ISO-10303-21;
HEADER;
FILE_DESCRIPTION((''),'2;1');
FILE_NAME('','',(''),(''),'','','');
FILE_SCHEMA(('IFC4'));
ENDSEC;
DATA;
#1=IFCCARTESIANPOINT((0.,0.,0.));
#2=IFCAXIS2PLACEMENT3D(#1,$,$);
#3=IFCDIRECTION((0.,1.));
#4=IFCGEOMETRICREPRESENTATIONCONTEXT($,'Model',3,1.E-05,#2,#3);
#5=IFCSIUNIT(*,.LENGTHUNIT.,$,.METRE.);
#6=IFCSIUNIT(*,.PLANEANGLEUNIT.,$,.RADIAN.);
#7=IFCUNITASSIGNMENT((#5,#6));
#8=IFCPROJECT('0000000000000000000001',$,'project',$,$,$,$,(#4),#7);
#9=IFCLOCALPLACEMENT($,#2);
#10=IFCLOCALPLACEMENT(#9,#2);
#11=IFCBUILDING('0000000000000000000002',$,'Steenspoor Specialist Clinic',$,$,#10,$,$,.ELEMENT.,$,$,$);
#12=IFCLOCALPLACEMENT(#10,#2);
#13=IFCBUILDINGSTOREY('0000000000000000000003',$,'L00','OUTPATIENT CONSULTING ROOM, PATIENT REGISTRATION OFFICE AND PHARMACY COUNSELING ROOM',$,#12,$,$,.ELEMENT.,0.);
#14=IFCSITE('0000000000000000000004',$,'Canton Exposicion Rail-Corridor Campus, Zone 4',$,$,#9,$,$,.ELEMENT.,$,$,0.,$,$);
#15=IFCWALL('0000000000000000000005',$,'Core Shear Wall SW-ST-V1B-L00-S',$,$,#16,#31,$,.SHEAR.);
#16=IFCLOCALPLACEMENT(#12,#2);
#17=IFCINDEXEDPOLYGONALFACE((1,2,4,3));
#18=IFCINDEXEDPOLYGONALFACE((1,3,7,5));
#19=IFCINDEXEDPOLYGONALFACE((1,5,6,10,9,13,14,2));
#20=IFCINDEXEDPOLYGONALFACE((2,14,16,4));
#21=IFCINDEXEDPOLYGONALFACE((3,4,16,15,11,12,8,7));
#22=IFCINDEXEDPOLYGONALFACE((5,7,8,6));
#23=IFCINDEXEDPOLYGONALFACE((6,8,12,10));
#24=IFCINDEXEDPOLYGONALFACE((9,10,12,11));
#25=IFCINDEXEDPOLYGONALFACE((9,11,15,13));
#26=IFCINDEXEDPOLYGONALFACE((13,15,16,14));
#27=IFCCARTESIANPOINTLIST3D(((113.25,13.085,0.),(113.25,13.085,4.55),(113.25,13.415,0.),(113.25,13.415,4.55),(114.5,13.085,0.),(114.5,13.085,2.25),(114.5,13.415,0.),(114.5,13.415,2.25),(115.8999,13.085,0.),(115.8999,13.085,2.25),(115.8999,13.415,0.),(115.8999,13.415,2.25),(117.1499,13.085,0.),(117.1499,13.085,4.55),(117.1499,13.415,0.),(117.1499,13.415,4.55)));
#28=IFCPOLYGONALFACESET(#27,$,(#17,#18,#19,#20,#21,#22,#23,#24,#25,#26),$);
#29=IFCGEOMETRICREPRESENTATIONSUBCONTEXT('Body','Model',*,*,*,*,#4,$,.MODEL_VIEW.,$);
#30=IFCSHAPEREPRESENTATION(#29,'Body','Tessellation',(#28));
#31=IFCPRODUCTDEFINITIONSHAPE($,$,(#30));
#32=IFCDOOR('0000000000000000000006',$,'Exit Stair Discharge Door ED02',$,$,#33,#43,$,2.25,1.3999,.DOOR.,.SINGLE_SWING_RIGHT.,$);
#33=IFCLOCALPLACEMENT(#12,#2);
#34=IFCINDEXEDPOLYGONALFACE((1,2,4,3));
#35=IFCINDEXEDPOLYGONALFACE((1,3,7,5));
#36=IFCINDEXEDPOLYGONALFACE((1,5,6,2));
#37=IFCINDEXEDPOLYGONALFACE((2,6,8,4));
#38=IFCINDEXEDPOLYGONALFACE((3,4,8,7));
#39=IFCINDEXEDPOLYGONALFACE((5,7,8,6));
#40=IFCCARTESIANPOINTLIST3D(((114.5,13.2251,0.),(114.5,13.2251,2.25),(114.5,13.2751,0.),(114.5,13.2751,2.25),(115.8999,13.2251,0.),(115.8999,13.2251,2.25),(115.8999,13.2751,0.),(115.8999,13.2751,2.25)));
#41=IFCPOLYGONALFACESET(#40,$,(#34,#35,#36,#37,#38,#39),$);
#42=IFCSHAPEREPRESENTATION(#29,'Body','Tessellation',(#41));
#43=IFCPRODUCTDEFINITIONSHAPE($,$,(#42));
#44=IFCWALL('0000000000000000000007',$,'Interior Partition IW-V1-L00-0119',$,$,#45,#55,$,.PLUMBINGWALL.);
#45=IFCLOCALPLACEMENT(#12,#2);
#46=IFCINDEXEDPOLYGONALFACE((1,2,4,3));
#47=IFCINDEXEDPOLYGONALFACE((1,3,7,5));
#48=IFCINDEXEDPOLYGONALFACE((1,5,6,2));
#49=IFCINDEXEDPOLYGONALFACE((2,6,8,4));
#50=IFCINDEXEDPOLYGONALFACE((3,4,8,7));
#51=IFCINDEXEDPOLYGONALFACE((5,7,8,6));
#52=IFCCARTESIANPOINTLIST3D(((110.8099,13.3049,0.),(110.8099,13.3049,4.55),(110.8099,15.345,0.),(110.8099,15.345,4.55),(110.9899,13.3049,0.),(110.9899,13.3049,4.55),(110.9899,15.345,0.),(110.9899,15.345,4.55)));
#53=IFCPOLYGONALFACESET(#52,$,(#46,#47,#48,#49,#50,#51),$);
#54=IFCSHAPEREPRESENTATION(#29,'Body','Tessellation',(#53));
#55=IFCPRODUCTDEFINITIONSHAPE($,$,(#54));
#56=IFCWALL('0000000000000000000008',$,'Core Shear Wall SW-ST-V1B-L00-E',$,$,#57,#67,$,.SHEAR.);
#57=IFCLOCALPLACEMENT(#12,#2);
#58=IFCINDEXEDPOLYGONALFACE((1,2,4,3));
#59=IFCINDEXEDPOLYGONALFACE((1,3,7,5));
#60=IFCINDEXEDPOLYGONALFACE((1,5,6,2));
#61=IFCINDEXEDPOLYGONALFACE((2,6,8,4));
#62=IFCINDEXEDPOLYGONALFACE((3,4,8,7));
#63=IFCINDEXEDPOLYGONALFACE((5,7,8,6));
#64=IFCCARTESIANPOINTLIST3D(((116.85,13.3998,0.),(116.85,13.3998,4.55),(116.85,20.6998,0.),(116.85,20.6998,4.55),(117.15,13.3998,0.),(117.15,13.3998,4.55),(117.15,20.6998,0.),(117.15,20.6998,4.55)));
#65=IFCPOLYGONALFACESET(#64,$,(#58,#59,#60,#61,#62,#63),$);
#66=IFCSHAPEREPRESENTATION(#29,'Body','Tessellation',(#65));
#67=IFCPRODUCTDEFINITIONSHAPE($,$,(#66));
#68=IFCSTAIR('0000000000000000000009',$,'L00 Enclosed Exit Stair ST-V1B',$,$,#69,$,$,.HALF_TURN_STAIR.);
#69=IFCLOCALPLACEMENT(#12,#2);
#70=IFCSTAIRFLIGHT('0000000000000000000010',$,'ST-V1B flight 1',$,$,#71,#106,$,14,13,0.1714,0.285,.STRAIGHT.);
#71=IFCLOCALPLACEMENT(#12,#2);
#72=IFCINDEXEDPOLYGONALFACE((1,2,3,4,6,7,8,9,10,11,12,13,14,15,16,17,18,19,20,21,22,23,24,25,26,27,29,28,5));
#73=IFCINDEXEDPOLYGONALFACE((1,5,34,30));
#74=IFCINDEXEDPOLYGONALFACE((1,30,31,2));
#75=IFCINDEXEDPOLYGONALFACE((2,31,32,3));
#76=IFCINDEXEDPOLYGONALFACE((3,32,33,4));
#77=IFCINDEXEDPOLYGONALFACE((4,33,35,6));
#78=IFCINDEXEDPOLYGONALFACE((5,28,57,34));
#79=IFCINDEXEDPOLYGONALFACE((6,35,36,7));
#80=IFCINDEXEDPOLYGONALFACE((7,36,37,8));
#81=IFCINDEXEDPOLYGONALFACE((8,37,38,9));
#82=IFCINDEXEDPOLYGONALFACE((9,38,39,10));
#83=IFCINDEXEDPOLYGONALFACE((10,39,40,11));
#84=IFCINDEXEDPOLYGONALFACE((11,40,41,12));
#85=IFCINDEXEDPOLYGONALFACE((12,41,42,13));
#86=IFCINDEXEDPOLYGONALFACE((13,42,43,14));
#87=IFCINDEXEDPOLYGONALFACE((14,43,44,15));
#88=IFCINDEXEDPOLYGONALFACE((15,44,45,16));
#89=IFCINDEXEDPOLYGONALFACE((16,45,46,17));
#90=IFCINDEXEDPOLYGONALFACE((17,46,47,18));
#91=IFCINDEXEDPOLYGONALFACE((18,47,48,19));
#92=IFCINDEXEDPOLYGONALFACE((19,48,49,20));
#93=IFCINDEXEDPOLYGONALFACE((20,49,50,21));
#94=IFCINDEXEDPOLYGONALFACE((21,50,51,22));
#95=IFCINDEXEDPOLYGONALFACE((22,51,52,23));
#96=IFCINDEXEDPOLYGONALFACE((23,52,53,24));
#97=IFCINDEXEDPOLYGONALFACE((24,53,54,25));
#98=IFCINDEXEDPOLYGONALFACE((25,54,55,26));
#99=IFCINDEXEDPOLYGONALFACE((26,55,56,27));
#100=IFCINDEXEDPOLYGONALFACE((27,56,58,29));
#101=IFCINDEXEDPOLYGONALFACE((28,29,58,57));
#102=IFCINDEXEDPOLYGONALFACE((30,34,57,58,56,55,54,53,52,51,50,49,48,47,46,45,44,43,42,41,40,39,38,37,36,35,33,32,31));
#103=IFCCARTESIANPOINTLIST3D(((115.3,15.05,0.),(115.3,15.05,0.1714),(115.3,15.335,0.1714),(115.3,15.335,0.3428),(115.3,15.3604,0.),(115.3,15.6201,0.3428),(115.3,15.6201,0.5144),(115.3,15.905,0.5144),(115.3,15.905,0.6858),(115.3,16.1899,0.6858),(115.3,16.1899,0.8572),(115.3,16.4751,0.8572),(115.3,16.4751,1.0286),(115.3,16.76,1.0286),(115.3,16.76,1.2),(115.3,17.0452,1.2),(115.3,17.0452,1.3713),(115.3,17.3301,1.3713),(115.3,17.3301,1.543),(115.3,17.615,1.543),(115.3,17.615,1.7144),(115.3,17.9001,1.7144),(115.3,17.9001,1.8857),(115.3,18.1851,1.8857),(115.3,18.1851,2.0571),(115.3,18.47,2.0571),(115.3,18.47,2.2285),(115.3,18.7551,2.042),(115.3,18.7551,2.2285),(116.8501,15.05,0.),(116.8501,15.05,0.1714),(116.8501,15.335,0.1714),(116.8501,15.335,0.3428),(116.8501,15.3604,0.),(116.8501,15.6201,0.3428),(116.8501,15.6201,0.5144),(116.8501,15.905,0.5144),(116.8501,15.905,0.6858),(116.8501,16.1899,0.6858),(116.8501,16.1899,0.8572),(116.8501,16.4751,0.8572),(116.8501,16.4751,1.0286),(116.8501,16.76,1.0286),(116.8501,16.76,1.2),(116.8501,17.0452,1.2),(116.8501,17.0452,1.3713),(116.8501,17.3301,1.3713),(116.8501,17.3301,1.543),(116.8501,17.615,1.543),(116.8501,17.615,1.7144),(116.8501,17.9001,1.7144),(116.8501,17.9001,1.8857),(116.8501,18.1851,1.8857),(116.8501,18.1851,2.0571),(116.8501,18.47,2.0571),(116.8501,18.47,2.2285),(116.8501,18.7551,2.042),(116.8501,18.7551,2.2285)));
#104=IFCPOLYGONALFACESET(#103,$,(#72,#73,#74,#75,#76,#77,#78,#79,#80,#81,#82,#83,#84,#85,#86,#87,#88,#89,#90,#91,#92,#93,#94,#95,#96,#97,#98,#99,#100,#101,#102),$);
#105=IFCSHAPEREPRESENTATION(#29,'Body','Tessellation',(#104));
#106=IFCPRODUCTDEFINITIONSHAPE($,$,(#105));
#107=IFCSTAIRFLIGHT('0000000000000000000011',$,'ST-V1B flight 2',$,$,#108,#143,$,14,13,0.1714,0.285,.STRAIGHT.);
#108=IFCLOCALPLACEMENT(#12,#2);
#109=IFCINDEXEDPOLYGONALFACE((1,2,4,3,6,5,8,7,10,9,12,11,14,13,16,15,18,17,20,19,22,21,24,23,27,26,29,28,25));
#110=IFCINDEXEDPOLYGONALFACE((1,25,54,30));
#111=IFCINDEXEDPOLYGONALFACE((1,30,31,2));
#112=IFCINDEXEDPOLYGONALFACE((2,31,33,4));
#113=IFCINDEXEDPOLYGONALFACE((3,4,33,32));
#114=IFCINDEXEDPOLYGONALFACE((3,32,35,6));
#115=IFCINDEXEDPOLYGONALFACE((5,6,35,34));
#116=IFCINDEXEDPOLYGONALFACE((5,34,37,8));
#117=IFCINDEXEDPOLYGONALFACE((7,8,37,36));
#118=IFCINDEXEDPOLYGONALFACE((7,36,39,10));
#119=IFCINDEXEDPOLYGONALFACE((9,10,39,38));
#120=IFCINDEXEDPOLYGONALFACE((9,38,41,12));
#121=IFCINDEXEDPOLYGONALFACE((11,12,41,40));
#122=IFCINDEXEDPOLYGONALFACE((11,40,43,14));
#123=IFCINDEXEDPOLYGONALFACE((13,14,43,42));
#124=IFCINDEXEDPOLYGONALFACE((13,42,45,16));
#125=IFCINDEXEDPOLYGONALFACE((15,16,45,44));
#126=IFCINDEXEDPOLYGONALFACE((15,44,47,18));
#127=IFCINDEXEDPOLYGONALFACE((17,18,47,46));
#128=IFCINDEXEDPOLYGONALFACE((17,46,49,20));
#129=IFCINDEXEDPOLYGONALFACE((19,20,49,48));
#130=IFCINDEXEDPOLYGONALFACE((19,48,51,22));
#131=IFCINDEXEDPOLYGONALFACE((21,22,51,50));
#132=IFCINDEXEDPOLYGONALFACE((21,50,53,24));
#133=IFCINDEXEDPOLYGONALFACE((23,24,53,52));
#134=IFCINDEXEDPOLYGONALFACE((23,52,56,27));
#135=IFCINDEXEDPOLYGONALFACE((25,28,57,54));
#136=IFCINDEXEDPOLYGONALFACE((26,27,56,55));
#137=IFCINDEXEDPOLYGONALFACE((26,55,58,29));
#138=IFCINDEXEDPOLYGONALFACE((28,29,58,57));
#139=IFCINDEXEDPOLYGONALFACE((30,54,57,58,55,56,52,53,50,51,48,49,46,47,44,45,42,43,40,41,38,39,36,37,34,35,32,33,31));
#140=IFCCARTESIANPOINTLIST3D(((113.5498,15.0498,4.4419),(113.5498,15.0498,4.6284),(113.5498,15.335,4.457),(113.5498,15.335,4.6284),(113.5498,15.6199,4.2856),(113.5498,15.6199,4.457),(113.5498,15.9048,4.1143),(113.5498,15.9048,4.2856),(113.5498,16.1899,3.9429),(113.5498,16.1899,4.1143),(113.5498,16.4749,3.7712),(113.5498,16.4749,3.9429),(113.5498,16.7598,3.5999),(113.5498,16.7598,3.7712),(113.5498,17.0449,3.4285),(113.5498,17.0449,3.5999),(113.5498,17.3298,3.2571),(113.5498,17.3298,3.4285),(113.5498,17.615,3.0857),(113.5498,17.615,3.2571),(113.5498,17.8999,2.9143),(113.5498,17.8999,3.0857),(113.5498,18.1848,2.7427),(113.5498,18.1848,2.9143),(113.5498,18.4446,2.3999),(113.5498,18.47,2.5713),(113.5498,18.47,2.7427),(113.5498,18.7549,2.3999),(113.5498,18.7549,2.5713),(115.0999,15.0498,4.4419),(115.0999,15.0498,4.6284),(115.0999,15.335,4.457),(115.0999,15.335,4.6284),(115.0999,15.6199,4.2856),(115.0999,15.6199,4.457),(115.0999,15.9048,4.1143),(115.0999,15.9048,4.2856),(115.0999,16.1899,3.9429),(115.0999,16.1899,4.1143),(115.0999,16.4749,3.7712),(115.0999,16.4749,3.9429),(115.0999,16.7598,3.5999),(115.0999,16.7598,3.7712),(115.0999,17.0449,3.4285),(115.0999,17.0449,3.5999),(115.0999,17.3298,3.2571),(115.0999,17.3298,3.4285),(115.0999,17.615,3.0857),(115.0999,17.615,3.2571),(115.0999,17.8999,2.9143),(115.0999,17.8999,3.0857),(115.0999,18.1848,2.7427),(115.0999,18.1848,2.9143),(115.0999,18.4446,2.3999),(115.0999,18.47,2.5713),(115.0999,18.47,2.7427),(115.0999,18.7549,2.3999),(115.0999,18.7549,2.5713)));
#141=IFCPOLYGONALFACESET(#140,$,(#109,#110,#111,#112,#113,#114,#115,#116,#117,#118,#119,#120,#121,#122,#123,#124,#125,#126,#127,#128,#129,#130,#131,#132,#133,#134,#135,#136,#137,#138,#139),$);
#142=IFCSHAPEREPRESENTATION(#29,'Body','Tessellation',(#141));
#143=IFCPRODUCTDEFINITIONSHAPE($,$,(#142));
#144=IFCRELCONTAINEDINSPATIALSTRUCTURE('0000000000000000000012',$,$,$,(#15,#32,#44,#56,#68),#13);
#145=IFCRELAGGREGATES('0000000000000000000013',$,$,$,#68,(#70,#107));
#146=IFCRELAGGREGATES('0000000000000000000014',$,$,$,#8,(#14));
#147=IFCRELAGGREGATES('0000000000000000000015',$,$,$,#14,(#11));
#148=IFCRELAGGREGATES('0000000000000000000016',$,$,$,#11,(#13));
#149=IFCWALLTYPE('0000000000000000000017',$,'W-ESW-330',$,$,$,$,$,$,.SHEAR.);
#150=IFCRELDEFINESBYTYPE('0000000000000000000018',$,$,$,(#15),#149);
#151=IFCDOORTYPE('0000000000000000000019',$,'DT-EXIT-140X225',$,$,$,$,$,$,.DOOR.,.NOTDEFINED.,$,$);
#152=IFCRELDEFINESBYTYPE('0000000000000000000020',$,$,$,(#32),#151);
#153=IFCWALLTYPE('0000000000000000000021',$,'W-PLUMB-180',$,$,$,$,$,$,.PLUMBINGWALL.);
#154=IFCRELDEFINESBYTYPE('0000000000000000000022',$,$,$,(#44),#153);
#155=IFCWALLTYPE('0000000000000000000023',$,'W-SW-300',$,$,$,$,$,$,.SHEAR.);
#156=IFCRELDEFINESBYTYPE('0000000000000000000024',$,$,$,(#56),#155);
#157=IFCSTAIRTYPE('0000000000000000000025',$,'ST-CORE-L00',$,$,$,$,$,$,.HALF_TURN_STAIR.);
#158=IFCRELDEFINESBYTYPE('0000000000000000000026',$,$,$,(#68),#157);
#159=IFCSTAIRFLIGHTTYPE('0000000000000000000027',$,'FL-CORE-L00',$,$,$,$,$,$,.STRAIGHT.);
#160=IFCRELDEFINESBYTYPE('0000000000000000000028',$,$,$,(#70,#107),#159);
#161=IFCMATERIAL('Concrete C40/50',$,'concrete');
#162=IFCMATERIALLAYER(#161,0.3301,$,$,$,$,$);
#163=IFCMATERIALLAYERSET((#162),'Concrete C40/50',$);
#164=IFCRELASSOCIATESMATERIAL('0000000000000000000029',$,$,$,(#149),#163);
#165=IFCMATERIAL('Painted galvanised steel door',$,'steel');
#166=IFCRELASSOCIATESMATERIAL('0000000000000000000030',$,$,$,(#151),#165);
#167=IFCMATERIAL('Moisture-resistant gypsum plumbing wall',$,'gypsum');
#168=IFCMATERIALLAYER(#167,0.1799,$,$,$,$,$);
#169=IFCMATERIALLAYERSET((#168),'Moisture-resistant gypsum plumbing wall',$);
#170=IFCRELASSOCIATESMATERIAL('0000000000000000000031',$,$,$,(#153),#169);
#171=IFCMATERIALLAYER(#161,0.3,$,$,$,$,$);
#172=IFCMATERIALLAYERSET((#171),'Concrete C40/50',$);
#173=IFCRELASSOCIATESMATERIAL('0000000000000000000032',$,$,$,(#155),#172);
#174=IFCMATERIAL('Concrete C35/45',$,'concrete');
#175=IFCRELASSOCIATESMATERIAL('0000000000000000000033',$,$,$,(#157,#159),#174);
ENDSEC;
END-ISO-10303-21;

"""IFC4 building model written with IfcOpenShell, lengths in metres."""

from ifc_helpers import new_model, si_unit, direction, frame, frame_2d, origin, place, context, subcontext, project, spatial, polyline, rectangle, outline, extrude, material, layer, layer_set, type_object, element, fill, aggregate, save


model = new_model("IFC4")

# Units and contexts
model_context = context("Model", 3, precision=1e-05, world=origin(), true_north=direction((0.0, 1.0)))
body_context = subcontext(model_context, "Body", "Model", "MODEL_VIEW")
ifc_project = project(units=[si_unit("LENGTHUNIT", "METRE"), si_unit("PLANEANGLEUNIT", "RADIAN")], contexts=[model_context])

# Site, building, storey
site_placement = place(None, origin())
site = spatial("IfcSite", under=ifc_project, at=site_placement, Name="Canton Exposicion Rail-Corridor Campus, Zone 4", CompositionType="ELEMENT", RefElevation=0.0)
building_placement = place(site_placement, origin())
building = spatial("IfcBuilding", under=site, at=building_placement, Name="Steenspoor Specialist Clinic", CompositionType="ELEMENT")
storey_placement = place(building_placement, origin())
storey = spatial("IfcBuildingStorey", under=building, at=storey_placement, Name="L00", Description="OUTPATIENT CONSULTING ROOM, PATIENT REGISTRATION OFFICE AND PHARMACY COUNSELING ROOM", CompositionType="ELEMENT", Elevation=0.0)

# Shared definitions
ifc_material_1 = material(Name="Concrete C35/45", Category="concrete")

# Wall, opening, door
ifc_material_2 = material(Name="Concrete C40/50", Category="concrete")
ifc_layer_1 = layer(ifc_material_2, 0.3301)
ifc_layer_set_1 = layer_set([ifc_layer_1], Name="Concrete C40/50")
wall_type_1 = type_object("IfcWallType", Name="W-ESW-330", PredefinedType="SHEAR", material=ifc_layer_set_1)
wall_1_placement = place(storey_placement, frame((117.1499, 13.25, 0.0), z_axis=(0.0, 0.0, 1.0), x_axis=(-1.0, 0.0, 0.0)))
wall_1 = element("IfcWall", 1, at=wall_1_placement, inside=storey, type_object=wall_type_1, Name="Core Shear Wall SW-ST-V1B-L00-S", PredefinedType="SHEAR", context=body_context, shape_type="SweptSolid", body=[
    extrude(rectangle(XDim=3.8999, YDim=0.3301, at=frame_2d((1.95, 0.0))), origin(), (0.0, 0.0, 1.0), 4.55),
])
opening_1_placement = place(wall_1_placement, frame((1.25, 0.0, 0.0)))
opening_1 = element("IfcOpeningElement", 2, at=opening_1_placement, cuts=wall_1, PredefinedType="OPENING", context=body_context, shape_type="SweptSolid", body=[
    extrude(rectangle(XDim=1.3999, YDim=2.25, at=frame_2d((0.7, 1.125))), frame((0.0, 0.175, 0.0), z_axis=(0.0, -1.0, 0.0), x_axis=(1.0, 0.0, 0.0)), (0.0, 0.0, 1.0), 0.3501),
])
ifc_material_3 = material(Name="Painted galvanised steel door", Category="steel")
door_type_1 = type_object("IfcDoorType", Name="DT-EXIT-140X225", OperationType="NOTDEFINED", PredefinedType="DOOR", material=ifc_material_3)
door_1_placement = place(opening_1_placement, origin())
door_1 = element("IfcDoor", 3, at=door_1_placement, inside=storey, type_object=door_type_1, Name="Exit Stair Discharge Door ED02", OperationType="SINGLE_SWING_RIGHT", OverallHeight=2.25, OverallWidth=1.3999, PredefinedType="DOOR", context=body_context, shape_type="SweptSolid", body=[
    extrude(rectangle(XDim=1.3999, YDim=2.25, at=frame_2d((0.7, 1.125))), frame((0.0, 0.0249, 0.0), z_axis=(0.0, -1.0, 0.0), x_axis=(1.0, 0.0, 0.0)), (0.0, 0.0, 1.0), 0.05),
])
fill(opening_1, door_1)

# Wall
ifc_material_4 = material(Name="Moisture-resistant gypsum plumbing wall", Category="gypsum")
ifc_layer_2 = layer(ifc_material_4, 0.1799)
ifc_layer_set_2 = layer_set([ifc_layer_2], Name="Moisture-resistant gypsum plumbing wall")
wall_type_2 = type_object("IfcWallType", Name="W-PLUMB-180", PredefinedType="PLUMBINGWALL", material=ifc_layer_set_2)
wall_2_placement = place(storey_placement, frame((110.8999, 13.3049, 0.0), z_axis=(0.0, 0.0, 1.0), x_axis=(0.0, 1.0, 0.0)))
element("IfcWall", 4, at=wall_2_placement, inside=storey, type_object=wall_type_2, Name="Interior Partition IW-V1-L00-0119", PredefinedType="PLUMBINGWALL", context=body_context, shape_type="SweptSolid", body=[
    extrude(rectangle(XDim=2.04, YDim=0.1799, at=frame_2d((1.02, 0.0))), origin(), (0.0, 0.0, 1.0), 4.55),
])

# Shared definitions
ifc_layer_3 = layer(ifc_material_2, 0.3)
ifc_layer_set_3 = layer_set([ifc_layer_3], Name="Concrete C40/50")
wall_type_3 = type_object("IfcWallType", Name="W-SW-300", PredefinedType="SHEAR", material=ifc_layer_set_3)

# Wall
wall_3_placement = place(storey_placement, frame((117.0, 13.3999, 0.0), z_axis=(0.0, 0.0, 1.0), x_axis=(0.0, 1.0, 0.0)))
element("IfcWall", 5, at=wall_3_placement, inside=storey, type_object=wall_type_3, Name="Core Shear Wall SW-ST-V1B-L00-E", PredefinedType="SHEAR", context=body_context, shape_type="SweptSolid", body=[
    extrude(rectangle(XDim=7.3, YDim=0.3, at=frame_2d((3.6499, 0.0))), origin(), (0.0, 0.0, 1.0), 4.55),
])

# Stair, stair flights
stair_type = type_object("IfcStairType", Name="ST-CORE-L00", PredefinedType="HALF_TURN_STAIR", material=ifc_material_1)
stair_placement = place(storey_placement, origin())
stair = element("IfcStair", 6, at=stair_placement, inside=storey, type_object=stair_type, Name="L00 Enclosed Exit Stair ST-V1B", PredefinedType="HALF_TURN_STAIR")
stair_flight_type = type_object("IfcStairFlightType", Name="FL-CORE-L00", PredefinedType="STRAIGHT", material=ifc_material_1)
stair_flight_1_placement = place(storey_placement, frame((116.075, 15.05, 0.0), z_axis=(0.0, 0.0, 1.0), x_axis=(0.0, 1.0, 0.0)))
stair_flight_1 = element("IfcStairFlight", 7, at=stair_flight_1_placement, type_object=stair_flight_type, Name="ST-V1B flight 1", NumberOfRisers=14, NumberOfTreads=13, PredefinedType="STRAIGHT", RiserHeight=0.1714, TreadLength=0.285, context=body_context, shape_type="SweptSolid", body=[
    extrude(outline(polyline([(0.0, 0.0), (0.0, 0.1714), (0.2849, 0.1714), (0.2849, 0.3428), (0.5701, 0.3428), (0.5701, 0.5144), (0.855, 0.5144), (0.855, 0.6858), (1.1399, 0.6858), (1.1399, 0.8572), (1.425, 0.8572), (1.425, 1.0286), (1.71, 1.0286), (1.71, 1.2), (1.9951, 1.2), (1.9951, 1.3713), (2.28, 1.3713), (2.28, 1.543), (2.5649, 1.543), (2.5649, 1.7144), (2.8501, 1.7144), (2.8501, 1.8857), (3.135, 1.8857), (3.135, 2.0571), (3.4199, 2.0571), (3.4199, 2.2285), (3.7051, 2.2285), (3.7051, 2.3999), (3.7051, 2.042), (0.3103, 0.0), (0.0, 0.0)])), frame((0.0, 0.7749, 0.0), z_axis=(0.0, -1.0, 0.0), x_axis=(1.0, 0.0, 0.0)), (0.0, 0.0, 1.0), 1.55),
])
stair_flight_2_placement = place(storey_placement, frame((114.325, 18.7549, 2.3999), z_axis=(0.0, 0.0, 1.0), x_axis=(0.0, -1.0, 0.0)))
stair_flight_2 = element("IfcStairFlight", 8, at=stair_flight_2_placement, type_object=stair_flight_type, Name="ST-V1B flight 2", NumberOfRisers=14, NumberOfTreads=13, PredefinedType="STRAIGHT", RiserHeight=0.1714, TreadLength=0.285, context=body_context, shape_type="SweptSolid", body=[
    extrude(outline(polyline([(0.0, 0.0), (0.0, 0.1714), (0.2849, 0.1714), (0.2849, 0.3428), (0.5701, 0.3428), (0.5701, 0.5144), (0.855, 0.5144), (0.855, 0.6858), (1.1399, 0.6858), (1.1399, 0.8572), (1.425, 0.8572), (1.425, 1.0286), (1.71, 1.0286), (1.71, 1.2), (1.9951, 1.2), (1.9951, 1.3713), (2.28, 1.3713), (2.28, 1.543), (2.5649, 1.543), (2.5649, 1.7144), (2.8501, 1.7144), (2.8501, 1.8857), (3.135, 1.8857), (3.135, 2.0571), (3.4199, 2.0571), (3.4199, 2.2285), (3.7051, 2.2285), (3.7051, 2.3999), (3.7051, 2.042), (0.3103, 0.0), (0.0, 0.0)])), frame((0.0, 0.7749, 0.0), z_axis=(0.0, -1.0, 0.0), x_axis=(1.0, 0.0, 0.0)), (0.0, 0.0, 1.0), 1.55),
])
aggregate(stair, [stair_flight_1, stair_flight_2])

save(model, "model.ifc")
